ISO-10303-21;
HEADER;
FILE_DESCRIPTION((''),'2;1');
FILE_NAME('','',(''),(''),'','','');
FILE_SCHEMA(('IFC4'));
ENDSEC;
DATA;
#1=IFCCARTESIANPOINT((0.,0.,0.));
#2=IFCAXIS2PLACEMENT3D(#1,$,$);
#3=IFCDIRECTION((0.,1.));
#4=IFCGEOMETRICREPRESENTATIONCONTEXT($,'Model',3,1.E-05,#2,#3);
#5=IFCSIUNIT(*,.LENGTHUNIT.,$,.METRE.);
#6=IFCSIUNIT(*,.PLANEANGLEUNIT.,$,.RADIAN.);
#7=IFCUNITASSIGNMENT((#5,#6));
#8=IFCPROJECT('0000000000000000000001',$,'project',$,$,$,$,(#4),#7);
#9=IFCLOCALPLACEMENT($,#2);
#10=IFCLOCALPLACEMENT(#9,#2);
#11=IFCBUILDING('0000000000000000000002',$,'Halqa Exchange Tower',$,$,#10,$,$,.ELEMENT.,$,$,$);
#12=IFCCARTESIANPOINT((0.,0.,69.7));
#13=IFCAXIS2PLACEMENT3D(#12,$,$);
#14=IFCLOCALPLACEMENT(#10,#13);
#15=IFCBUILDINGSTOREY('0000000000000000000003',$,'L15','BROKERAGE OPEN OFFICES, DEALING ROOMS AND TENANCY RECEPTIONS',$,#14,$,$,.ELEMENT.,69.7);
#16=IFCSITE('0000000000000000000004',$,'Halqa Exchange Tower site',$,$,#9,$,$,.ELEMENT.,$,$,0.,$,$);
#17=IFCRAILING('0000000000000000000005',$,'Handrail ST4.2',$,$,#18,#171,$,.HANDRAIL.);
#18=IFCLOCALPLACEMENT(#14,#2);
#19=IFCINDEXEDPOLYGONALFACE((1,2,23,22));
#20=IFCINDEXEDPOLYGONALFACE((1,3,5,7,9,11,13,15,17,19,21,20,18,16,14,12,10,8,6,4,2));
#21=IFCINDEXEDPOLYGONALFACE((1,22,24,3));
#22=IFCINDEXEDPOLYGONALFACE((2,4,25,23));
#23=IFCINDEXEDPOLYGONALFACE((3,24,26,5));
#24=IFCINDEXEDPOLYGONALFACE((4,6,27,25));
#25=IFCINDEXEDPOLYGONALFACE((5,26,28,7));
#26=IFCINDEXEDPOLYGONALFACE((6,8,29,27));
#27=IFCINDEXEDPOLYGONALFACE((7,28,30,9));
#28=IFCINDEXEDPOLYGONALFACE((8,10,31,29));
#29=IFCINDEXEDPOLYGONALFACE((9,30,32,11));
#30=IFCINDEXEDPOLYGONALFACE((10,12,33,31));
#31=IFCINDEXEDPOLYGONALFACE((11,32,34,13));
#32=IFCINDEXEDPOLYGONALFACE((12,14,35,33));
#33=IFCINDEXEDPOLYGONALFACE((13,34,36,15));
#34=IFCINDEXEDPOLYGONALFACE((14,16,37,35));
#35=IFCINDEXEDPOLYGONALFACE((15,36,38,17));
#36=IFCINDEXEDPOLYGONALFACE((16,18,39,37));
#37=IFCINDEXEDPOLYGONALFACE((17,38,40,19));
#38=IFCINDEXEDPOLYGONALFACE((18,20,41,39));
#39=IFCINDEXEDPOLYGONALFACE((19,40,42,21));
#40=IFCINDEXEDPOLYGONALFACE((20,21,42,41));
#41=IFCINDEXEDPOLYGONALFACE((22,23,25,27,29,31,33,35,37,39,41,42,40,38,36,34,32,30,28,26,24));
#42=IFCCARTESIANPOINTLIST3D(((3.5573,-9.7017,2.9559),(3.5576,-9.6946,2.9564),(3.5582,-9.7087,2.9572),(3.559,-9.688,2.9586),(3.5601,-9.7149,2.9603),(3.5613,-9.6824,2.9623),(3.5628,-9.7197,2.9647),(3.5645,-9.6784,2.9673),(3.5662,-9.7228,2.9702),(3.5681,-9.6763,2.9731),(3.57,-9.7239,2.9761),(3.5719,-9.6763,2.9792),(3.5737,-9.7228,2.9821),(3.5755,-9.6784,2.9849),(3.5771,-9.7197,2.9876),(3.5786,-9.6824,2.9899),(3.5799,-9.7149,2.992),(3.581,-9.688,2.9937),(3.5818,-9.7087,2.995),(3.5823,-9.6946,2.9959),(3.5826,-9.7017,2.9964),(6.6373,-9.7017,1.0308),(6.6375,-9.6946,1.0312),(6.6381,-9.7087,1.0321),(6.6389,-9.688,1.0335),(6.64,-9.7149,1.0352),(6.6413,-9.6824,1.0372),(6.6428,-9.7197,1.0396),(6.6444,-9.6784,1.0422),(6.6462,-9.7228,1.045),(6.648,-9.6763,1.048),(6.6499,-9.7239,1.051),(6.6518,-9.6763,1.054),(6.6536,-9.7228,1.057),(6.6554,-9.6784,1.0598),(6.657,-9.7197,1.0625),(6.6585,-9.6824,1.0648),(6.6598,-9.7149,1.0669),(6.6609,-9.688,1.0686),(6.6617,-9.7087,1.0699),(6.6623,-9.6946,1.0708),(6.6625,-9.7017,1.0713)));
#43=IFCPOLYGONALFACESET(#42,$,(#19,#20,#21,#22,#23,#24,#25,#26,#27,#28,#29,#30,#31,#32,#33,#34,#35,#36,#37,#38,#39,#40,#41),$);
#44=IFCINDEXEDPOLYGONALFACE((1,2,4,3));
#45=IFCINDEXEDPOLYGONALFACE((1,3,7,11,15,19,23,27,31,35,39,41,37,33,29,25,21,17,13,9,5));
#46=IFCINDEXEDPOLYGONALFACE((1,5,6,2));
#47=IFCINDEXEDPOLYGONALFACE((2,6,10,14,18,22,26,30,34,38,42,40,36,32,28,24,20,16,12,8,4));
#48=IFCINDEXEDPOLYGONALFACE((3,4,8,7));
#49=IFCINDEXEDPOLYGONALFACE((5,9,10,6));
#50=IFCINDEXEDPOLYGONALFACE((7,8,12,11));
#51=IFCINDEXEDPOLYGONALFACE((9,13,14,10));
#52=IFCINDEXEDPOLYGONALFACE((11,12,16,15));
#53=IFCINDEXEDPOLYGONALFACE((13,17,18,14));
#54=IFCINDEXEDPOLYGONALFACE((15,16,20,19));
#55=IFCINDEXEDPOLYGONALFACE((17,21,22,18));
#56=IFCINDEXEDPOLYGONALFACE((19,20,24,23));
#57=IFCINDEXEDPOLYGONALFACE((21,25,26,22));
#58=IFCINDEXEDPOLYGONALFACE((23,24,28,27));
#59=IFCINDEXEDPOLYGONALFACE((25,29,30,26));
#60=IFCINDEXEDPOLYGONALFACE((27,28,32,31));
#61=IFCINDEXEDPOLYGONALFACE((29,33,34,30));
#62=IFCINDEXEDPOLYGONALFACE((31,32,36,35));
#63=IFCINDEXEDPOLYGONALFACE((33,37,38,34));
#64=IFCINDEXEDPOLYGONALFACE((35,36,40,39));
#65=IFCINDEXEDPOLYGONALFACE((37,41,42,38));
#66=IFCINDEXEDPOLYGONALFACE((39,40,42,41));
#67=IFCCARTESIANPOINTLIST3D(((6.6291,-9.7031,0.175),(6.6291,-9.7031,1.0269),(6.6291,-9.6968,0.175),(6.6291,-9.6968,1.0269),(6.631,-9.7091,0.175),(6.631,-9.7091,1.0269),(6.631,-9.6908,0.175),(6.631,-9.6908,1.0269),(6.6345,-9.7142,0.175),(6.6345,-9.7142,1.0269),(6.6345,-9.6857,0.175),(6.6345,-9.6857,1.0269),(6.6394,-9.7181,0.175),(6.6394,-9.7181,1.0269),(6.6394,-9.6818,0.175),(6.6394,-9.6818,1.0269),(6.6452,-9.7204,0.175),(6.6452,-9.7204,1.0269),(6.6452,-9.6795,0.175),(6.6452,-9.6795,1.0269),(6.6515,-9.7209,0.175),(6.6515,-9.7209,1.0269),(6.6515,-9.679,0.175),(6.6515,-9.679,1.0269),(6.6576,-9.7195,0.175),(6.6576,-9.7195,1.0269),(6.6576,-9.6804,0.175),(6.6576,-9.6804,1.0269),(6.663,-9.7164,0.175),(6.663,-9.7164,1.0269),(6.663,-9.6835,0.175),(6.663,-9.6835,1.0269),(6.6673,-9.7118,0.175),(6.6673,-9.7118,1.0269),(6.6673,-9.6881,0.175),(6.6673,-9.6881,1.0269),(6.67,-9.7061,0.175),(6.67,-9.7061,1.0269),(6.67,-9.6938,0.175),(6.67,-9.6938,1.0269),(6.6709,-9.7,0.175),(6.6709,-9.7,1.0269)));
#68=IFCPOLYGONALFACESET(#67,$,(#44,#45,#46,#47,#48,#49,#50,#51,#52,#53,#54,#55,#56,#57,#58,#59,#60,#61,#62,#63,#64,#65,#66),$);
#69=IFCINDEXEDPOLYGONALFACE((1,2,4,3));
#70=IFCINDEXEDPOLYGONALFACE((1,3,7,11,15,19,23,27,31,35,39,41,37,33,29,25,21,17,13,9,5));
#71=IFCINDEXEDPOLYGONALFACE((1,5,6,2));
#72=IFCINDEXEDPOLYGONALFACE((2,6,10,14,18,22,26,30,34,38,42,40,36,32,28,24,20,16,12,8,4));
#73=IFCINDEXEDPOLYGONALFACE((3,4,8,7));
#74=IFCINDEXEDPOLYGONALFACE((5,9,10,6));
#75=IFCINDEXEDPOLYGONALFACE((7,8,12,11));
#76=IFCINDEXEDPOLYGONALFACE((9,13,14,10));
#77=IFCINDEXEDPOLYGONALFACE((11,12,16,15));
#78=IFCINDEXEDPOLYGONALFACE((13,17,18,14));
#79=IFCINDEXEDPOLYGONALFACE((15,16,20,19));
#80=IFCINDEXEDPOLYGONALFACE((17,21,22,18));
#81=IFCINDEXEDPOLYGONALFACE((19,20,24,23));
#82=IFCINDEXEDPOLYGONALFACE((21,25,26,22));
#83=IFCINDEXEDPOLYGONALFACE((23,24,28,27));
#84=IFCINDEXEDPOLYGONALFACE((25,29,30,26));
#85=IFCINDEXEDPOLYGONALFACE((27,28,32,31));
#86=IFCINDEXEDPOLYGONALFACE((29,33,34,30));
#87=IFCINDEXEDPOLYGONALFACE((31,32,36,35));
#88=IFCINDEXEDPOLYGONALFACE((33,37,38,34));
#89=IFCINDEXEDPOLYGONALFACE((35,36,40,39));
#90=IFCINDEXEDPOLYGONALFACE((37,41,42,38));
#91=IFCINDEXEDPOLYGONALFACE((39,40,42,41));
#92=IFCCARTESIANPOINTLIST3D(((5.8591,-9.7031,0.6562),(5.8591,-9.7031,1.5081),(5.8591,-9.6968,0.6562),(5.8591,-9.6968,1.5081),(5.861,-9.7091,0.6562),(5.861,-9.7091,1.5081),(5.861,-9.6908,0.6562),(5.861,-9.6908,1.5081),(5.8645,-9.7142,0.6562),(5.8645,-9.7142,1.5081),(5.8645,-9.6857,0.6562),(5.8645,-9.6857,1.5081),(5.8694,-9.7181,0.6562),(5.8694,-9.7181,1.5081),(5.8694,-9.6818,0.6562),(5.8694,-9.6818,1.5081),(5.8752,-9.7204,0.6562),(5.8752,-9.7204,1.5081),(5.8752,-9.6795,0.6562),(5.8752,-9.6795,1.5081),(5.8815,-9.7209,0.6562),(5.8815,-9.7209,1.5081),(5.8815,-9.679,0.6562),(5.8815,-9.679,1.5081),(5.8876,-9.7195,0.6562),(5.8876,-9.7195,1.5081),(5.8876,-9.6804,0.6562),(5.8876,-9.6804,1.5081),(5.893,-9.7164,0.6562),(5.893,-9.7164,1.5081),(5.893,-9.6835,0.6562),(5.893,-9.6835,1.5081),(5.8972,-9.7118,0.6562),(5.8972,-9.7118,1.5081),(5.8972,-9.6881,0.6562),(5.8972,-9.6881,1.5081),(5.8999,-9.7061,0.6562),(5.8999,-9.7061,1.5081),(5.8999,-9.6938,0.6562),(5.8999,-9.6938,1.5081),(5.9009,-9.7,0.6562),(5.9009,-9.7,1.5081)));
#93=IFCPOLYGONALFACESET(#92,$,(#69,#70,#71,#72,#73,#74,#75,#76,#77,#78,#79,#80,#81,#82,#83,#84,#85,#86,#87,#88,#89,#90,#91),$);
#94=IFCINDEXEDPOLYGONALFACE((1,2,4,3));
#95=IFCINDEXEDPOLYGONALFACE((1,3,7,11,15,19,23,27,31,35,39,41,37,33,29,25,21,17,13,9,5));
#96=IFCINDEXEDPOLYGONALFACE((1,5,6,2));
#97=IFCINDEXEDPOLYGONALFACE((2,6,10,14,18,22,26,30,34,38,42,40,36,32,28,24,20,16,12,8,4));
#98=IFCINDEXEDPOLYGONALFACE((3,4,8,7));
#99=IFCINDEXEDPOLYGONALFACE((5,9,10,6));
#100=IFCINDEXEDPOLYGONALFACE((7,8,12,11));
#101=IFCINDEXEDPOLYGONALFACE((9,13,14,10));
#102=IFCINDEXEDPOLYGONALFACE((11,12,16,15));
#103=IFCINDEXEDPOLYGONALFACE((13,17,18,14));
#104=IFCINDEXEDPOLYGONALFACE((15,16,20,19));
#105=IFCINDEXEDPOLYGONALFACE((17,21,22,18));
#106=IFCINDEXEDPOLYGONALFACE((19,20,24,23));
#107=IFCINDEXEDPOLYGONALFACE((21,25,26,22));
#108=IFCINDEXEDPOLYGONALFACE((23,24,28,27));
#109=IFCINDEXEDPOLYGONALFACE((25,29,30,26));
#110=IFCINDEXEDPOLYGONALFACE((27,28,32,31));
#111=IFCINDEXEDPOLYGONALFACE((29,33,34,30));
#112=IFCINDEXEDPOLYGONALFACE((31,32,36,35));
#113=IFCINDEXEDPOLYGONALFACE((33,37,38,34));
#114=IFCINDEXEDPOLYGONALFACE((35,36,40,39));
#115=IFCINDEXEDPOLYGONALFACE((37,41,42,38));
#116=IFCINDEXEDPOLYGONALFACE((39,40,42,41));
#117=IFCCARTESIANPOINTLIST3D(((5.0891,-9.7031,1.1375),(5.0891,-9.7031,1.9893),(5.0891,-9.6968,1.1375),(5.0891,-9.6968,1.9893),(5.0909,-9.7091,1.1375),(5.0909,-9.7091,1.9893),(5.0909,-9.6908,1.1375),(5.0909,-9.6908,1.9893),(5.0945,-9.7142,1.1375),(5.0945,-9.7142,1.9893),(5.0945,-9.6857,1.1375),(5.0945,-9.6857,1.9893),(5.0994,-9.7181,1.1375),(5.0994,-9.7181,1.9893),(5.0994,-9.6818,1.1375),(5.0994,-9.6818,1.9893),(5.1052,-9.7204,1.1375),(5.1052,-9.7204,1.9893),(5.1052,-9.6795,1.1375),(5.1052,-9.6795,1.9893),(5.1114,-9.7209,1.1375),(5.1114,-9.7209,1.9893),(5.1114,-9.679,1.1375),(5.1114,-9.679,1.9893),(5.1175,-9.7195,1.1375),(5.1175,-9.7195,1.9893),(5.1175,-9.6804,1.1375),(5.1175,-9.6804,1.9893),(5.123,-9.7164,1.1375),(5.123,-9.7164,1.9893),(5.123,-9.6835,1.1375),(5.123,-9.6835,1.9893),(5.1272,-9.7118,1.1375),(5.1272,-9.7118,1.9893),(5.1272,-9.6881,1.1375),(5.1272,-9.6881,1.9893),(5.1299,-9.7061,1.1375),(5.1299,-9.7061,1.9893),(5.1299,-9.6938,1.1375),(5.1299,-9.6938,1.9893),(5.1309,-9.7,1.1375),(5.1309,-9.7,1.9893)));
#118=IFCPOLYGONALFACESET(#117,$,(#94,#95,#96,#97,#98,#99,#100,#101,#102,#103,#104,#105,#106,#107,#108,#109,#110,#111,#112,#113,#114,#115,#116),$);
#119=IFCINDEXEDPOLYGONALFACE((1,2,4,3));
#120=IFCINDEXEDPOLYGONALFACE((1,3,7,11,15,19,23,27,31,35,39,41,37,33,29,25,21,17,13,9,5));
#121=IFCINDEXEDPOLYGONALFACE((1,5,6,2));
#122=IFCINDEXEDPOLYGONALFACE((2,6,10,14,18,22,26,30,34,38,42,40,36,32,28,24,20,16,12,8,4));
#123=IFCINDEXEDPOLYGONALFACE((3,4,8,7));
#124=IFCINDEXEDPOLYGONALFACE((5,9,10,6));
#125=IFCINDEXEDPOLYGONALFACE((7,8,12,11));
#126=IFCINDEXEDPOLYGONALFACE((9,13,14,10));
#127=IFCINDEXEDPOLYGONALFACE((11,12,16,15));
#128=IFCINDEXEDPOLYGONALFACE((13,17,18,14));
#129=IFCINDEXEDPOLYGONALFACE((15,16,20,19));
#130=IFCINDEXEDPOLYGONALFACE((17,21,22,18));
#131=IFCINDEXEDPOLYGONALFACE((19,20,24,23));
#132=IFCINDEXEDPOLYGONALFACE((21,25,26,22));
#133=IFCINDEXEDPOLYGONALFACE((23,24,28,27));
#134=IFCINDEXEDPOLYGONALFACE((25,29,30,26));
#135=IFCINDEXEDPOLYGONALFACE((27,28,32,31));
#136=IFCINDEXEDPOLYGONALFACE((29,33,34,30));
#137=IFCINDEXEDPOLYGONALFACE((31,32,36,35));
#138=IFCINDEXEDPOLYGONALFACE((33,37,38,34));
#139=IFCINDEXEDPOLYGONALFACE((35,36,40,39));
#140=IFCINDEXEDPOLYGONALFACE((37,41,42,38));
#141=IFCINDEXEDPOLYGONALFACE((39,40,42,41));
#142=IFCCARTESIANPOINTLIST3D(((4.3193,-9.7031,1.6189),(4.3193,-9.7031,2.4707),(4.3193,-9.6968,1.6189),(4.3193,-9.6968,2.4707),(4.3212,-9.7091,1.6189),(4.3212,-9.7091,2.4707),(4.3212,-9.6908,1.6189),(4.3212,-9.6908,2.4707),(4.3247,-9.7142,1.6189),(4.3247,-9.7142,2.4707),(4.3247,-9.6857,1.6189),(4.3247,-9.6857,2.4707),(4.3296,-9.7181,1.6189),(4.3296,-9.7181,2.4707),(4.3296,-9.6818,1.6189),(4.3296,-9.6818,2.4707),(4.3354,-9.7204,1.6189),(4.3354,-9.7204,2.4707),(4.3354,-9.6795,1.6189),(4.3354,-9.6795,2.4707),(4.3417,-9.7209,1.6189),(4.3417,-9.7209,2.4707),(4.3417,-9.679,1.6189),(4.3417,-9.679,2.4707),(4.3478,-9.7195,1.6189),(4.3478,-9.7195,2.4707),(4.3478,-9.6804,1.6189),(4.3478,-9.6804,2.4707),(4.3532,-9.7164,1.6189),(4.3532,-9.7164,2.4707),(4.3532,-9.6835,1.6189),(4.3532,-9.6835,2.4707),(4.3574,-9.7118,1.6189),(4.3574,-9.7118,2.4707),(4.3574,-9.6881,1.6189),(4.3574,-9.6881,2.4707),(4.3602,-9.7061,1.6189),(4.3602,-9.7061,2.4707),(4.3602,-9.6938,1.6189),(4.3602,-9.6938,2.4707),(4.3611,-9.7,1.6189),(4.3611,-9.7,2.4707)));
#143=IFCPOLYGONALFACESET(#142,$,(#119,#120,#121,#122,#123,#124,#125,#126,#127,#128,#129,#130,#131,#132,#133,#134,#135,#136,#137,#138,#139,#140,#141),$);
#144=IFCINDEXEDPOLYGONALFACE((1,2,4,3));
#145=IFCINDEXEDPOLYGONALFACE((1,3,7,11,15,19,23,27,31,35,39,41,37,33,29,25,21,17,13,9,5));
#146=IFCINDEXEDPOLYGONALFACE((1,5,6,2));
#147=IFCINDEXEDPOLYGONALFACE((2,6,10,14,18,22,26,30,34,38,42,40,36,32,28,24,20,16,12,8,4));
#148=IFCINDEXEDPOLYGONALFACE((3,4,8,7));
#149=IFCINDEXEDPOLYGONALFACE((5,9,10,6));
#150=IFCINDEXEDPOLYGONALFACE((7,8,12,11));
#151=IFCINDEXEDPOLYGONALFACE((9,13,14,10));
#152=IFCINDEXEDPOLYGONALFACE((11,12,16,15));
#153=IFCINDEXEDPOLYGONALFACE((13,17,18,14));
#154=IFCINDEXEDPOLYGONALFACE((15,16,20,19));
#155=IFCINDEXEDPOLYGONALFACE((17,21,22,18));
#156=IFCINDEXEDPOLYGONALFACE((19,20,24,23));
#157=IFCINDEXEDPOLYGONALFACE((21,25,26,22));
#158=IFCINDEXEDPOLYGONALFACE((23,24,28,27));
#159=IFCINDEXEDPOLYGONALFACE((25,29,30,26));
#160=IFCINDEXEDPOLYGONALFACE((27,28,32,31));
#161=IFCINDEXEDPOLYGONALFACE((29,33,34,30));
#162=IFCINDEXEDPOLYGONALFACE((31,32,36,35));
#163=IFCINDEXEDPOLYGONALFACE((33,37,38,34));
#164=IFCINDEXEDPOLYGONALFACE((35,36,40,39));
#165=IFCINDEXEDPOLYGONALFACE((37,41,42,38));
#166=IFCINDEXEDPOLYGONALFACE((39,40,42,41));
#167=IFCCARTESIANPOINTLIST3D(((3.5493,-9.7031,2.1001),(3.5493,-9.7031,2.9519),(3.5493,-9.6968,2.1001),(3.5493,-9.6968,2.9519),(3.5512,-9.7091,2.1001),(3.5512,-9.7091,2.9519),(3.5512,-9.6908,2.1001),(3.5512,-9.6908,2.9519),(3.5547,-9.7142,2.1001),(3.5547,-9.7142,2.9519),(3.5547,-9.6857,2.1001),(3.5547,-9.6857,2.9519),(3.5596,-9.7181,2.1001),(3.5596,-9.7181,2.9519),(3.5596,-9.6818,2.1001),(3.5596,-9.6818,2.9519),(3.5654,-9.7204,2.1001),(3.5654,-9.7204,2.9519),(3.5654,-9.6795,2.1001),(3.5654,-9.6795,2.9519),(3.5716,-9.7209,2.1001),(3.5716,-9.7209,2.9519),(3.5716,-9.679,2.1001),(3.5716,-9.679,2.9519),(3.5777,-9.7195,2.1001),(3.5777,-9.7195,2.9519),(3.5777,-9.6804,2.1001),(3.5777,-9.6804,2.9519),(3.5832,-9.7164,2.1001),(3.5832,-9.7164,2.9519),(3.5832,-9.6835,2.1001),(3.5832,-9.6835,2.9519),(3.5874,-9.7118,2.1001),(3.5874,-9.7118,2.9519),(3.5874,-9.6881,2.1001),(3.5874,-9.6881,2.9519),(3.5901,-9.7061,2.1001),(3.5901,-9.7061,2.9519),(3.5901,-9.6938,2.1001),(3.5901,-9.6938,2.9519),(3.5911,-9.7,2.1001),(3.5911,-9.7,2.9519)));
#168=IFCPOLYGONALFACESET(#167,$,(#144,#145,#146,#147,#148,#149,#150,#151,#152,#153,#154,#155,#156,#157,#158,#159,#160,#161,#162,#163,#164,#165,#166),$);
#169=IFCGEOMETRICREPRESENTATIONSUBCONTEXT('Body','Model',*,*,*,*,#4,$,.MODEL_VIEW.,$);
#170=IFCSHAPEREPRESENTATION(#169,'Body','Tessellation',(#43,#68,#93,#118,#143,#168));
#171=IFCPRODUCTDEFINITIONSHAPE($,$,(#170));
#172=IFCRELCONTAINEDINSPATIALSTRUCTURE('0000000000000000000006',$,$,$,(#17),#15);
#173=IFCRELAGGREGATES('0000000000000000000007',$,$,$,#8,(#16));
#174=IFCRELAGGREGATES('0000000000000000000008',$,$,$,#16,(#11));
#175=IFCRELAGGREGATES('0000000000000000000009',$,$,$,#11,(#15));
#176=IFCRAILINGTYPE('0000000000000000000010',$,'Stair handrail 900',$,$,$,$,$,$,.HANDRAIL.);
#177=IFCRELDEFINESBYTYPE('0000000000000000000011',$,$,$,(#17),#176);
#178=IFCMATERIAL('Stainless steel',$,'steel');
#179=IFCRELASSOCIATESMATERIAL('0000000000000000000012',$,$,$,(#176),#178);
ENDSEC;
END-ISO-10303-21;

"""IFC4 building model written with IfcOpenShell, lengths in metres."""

from ifc_helpers import new_model, si_unit, direction, frame, origin, origin_2d, place, context, subcontext, project, spatial, circle, extrude, material, type_object, element, save


model = new_model("IFC4")

# Units and contexts
model_context = context("Model", 3, precision=1e-05, world=origin(), true_north=direction((0.0, 1.0)))
body_context = subcontext(model_context, "Body", "Model", "MODEL_VIEW")
ifc_project = project(units=[si_unit("LENGTHUNIT", "METRE"), si_unit("PLANEANGLEUNIT", "RADIAN")], contexts=[model_context])

# Site, building, storey
site_placement = place(None, origin())
site = spatial("IfcSite", under=ifc_project, at=site_placement, Name="Halqa Exchange Tower site", CompositionType="ELEMENT", RefElevation=0.0)
building_placement = place(site_placement, origin())
building = spatial("IfcBuilding", under=site, at=building_placement, Name="Halqa Exchange Tower", CompositionType="ELEMENT")
storey_placement = place(building_placement, frame((0.0, 0.0, 69.7)))
storey = spatial("IfcBuildingStorey", under=building, at=storey_placement, Name="L15", Description="BROKERAGE OPEN OFFICES, DEALING ROOMS AND TENANCY RECEPTIONS", CompositionType="ELEMENT", Elevation=69.7)

# Railing
ifc_material_1 = material(Name="Stainless steel", Category="steel")
railing_type_1 = type_object("IfcRailingType", Name="Stair handrail 900", PredefinedType="HANDRAIL", material=ifc_material_1)
railing_1_placement = place(storey_placement, frame((6.6499, -9.7, 0.175)))
element("IfcRailing", 1, at=railing_1_placement, inside=storey, type_object=railing_type_1, Name="Handrail ST4.2", PredefinedType="HANDRAIL", context=body_context, shape_type="SweptSolid", body=[
    extrude(circle(Radius=0.0239, at=origin_2d()), frame((0.0, 0.0, 0.876), z_axis=(-0.847979, 0.0, 0.530029), x_axis=(0.0, -1.0, 0.0)), (0.0, 0.0, 1.0), 3.6321),
    extrude(circle(Radius=0.021, at=origin_2d()), origin(), (0.0, 0.0, 1.0), 0.8518),
    extrude(circle(Radius=0.021, at=origin_2d()), frame((-0.77, 0.0, 0.4812)), (0.0, 0.0, 1.0), 0.8518),
    extrude(circle(Radius=0.021, at=origin_2d()), frame((-1.54, 0.0, 0.9624)), (0.0, 0.0, 1.0), 0.8518),
    extrude(circle(Radius=0.021, at=origin_2d()), frame((-2.3098, 0.0, 1.4438)), (0.0, 0.0, 1.0), 0.8518),
    extrude(circle(Radius=0.021, at=origin_2d()), frame((-3.0798, 0.0, 1.925)), (0.0, 0.0, 1.0), 0.8518),
])

save(model, "model.ifc")
